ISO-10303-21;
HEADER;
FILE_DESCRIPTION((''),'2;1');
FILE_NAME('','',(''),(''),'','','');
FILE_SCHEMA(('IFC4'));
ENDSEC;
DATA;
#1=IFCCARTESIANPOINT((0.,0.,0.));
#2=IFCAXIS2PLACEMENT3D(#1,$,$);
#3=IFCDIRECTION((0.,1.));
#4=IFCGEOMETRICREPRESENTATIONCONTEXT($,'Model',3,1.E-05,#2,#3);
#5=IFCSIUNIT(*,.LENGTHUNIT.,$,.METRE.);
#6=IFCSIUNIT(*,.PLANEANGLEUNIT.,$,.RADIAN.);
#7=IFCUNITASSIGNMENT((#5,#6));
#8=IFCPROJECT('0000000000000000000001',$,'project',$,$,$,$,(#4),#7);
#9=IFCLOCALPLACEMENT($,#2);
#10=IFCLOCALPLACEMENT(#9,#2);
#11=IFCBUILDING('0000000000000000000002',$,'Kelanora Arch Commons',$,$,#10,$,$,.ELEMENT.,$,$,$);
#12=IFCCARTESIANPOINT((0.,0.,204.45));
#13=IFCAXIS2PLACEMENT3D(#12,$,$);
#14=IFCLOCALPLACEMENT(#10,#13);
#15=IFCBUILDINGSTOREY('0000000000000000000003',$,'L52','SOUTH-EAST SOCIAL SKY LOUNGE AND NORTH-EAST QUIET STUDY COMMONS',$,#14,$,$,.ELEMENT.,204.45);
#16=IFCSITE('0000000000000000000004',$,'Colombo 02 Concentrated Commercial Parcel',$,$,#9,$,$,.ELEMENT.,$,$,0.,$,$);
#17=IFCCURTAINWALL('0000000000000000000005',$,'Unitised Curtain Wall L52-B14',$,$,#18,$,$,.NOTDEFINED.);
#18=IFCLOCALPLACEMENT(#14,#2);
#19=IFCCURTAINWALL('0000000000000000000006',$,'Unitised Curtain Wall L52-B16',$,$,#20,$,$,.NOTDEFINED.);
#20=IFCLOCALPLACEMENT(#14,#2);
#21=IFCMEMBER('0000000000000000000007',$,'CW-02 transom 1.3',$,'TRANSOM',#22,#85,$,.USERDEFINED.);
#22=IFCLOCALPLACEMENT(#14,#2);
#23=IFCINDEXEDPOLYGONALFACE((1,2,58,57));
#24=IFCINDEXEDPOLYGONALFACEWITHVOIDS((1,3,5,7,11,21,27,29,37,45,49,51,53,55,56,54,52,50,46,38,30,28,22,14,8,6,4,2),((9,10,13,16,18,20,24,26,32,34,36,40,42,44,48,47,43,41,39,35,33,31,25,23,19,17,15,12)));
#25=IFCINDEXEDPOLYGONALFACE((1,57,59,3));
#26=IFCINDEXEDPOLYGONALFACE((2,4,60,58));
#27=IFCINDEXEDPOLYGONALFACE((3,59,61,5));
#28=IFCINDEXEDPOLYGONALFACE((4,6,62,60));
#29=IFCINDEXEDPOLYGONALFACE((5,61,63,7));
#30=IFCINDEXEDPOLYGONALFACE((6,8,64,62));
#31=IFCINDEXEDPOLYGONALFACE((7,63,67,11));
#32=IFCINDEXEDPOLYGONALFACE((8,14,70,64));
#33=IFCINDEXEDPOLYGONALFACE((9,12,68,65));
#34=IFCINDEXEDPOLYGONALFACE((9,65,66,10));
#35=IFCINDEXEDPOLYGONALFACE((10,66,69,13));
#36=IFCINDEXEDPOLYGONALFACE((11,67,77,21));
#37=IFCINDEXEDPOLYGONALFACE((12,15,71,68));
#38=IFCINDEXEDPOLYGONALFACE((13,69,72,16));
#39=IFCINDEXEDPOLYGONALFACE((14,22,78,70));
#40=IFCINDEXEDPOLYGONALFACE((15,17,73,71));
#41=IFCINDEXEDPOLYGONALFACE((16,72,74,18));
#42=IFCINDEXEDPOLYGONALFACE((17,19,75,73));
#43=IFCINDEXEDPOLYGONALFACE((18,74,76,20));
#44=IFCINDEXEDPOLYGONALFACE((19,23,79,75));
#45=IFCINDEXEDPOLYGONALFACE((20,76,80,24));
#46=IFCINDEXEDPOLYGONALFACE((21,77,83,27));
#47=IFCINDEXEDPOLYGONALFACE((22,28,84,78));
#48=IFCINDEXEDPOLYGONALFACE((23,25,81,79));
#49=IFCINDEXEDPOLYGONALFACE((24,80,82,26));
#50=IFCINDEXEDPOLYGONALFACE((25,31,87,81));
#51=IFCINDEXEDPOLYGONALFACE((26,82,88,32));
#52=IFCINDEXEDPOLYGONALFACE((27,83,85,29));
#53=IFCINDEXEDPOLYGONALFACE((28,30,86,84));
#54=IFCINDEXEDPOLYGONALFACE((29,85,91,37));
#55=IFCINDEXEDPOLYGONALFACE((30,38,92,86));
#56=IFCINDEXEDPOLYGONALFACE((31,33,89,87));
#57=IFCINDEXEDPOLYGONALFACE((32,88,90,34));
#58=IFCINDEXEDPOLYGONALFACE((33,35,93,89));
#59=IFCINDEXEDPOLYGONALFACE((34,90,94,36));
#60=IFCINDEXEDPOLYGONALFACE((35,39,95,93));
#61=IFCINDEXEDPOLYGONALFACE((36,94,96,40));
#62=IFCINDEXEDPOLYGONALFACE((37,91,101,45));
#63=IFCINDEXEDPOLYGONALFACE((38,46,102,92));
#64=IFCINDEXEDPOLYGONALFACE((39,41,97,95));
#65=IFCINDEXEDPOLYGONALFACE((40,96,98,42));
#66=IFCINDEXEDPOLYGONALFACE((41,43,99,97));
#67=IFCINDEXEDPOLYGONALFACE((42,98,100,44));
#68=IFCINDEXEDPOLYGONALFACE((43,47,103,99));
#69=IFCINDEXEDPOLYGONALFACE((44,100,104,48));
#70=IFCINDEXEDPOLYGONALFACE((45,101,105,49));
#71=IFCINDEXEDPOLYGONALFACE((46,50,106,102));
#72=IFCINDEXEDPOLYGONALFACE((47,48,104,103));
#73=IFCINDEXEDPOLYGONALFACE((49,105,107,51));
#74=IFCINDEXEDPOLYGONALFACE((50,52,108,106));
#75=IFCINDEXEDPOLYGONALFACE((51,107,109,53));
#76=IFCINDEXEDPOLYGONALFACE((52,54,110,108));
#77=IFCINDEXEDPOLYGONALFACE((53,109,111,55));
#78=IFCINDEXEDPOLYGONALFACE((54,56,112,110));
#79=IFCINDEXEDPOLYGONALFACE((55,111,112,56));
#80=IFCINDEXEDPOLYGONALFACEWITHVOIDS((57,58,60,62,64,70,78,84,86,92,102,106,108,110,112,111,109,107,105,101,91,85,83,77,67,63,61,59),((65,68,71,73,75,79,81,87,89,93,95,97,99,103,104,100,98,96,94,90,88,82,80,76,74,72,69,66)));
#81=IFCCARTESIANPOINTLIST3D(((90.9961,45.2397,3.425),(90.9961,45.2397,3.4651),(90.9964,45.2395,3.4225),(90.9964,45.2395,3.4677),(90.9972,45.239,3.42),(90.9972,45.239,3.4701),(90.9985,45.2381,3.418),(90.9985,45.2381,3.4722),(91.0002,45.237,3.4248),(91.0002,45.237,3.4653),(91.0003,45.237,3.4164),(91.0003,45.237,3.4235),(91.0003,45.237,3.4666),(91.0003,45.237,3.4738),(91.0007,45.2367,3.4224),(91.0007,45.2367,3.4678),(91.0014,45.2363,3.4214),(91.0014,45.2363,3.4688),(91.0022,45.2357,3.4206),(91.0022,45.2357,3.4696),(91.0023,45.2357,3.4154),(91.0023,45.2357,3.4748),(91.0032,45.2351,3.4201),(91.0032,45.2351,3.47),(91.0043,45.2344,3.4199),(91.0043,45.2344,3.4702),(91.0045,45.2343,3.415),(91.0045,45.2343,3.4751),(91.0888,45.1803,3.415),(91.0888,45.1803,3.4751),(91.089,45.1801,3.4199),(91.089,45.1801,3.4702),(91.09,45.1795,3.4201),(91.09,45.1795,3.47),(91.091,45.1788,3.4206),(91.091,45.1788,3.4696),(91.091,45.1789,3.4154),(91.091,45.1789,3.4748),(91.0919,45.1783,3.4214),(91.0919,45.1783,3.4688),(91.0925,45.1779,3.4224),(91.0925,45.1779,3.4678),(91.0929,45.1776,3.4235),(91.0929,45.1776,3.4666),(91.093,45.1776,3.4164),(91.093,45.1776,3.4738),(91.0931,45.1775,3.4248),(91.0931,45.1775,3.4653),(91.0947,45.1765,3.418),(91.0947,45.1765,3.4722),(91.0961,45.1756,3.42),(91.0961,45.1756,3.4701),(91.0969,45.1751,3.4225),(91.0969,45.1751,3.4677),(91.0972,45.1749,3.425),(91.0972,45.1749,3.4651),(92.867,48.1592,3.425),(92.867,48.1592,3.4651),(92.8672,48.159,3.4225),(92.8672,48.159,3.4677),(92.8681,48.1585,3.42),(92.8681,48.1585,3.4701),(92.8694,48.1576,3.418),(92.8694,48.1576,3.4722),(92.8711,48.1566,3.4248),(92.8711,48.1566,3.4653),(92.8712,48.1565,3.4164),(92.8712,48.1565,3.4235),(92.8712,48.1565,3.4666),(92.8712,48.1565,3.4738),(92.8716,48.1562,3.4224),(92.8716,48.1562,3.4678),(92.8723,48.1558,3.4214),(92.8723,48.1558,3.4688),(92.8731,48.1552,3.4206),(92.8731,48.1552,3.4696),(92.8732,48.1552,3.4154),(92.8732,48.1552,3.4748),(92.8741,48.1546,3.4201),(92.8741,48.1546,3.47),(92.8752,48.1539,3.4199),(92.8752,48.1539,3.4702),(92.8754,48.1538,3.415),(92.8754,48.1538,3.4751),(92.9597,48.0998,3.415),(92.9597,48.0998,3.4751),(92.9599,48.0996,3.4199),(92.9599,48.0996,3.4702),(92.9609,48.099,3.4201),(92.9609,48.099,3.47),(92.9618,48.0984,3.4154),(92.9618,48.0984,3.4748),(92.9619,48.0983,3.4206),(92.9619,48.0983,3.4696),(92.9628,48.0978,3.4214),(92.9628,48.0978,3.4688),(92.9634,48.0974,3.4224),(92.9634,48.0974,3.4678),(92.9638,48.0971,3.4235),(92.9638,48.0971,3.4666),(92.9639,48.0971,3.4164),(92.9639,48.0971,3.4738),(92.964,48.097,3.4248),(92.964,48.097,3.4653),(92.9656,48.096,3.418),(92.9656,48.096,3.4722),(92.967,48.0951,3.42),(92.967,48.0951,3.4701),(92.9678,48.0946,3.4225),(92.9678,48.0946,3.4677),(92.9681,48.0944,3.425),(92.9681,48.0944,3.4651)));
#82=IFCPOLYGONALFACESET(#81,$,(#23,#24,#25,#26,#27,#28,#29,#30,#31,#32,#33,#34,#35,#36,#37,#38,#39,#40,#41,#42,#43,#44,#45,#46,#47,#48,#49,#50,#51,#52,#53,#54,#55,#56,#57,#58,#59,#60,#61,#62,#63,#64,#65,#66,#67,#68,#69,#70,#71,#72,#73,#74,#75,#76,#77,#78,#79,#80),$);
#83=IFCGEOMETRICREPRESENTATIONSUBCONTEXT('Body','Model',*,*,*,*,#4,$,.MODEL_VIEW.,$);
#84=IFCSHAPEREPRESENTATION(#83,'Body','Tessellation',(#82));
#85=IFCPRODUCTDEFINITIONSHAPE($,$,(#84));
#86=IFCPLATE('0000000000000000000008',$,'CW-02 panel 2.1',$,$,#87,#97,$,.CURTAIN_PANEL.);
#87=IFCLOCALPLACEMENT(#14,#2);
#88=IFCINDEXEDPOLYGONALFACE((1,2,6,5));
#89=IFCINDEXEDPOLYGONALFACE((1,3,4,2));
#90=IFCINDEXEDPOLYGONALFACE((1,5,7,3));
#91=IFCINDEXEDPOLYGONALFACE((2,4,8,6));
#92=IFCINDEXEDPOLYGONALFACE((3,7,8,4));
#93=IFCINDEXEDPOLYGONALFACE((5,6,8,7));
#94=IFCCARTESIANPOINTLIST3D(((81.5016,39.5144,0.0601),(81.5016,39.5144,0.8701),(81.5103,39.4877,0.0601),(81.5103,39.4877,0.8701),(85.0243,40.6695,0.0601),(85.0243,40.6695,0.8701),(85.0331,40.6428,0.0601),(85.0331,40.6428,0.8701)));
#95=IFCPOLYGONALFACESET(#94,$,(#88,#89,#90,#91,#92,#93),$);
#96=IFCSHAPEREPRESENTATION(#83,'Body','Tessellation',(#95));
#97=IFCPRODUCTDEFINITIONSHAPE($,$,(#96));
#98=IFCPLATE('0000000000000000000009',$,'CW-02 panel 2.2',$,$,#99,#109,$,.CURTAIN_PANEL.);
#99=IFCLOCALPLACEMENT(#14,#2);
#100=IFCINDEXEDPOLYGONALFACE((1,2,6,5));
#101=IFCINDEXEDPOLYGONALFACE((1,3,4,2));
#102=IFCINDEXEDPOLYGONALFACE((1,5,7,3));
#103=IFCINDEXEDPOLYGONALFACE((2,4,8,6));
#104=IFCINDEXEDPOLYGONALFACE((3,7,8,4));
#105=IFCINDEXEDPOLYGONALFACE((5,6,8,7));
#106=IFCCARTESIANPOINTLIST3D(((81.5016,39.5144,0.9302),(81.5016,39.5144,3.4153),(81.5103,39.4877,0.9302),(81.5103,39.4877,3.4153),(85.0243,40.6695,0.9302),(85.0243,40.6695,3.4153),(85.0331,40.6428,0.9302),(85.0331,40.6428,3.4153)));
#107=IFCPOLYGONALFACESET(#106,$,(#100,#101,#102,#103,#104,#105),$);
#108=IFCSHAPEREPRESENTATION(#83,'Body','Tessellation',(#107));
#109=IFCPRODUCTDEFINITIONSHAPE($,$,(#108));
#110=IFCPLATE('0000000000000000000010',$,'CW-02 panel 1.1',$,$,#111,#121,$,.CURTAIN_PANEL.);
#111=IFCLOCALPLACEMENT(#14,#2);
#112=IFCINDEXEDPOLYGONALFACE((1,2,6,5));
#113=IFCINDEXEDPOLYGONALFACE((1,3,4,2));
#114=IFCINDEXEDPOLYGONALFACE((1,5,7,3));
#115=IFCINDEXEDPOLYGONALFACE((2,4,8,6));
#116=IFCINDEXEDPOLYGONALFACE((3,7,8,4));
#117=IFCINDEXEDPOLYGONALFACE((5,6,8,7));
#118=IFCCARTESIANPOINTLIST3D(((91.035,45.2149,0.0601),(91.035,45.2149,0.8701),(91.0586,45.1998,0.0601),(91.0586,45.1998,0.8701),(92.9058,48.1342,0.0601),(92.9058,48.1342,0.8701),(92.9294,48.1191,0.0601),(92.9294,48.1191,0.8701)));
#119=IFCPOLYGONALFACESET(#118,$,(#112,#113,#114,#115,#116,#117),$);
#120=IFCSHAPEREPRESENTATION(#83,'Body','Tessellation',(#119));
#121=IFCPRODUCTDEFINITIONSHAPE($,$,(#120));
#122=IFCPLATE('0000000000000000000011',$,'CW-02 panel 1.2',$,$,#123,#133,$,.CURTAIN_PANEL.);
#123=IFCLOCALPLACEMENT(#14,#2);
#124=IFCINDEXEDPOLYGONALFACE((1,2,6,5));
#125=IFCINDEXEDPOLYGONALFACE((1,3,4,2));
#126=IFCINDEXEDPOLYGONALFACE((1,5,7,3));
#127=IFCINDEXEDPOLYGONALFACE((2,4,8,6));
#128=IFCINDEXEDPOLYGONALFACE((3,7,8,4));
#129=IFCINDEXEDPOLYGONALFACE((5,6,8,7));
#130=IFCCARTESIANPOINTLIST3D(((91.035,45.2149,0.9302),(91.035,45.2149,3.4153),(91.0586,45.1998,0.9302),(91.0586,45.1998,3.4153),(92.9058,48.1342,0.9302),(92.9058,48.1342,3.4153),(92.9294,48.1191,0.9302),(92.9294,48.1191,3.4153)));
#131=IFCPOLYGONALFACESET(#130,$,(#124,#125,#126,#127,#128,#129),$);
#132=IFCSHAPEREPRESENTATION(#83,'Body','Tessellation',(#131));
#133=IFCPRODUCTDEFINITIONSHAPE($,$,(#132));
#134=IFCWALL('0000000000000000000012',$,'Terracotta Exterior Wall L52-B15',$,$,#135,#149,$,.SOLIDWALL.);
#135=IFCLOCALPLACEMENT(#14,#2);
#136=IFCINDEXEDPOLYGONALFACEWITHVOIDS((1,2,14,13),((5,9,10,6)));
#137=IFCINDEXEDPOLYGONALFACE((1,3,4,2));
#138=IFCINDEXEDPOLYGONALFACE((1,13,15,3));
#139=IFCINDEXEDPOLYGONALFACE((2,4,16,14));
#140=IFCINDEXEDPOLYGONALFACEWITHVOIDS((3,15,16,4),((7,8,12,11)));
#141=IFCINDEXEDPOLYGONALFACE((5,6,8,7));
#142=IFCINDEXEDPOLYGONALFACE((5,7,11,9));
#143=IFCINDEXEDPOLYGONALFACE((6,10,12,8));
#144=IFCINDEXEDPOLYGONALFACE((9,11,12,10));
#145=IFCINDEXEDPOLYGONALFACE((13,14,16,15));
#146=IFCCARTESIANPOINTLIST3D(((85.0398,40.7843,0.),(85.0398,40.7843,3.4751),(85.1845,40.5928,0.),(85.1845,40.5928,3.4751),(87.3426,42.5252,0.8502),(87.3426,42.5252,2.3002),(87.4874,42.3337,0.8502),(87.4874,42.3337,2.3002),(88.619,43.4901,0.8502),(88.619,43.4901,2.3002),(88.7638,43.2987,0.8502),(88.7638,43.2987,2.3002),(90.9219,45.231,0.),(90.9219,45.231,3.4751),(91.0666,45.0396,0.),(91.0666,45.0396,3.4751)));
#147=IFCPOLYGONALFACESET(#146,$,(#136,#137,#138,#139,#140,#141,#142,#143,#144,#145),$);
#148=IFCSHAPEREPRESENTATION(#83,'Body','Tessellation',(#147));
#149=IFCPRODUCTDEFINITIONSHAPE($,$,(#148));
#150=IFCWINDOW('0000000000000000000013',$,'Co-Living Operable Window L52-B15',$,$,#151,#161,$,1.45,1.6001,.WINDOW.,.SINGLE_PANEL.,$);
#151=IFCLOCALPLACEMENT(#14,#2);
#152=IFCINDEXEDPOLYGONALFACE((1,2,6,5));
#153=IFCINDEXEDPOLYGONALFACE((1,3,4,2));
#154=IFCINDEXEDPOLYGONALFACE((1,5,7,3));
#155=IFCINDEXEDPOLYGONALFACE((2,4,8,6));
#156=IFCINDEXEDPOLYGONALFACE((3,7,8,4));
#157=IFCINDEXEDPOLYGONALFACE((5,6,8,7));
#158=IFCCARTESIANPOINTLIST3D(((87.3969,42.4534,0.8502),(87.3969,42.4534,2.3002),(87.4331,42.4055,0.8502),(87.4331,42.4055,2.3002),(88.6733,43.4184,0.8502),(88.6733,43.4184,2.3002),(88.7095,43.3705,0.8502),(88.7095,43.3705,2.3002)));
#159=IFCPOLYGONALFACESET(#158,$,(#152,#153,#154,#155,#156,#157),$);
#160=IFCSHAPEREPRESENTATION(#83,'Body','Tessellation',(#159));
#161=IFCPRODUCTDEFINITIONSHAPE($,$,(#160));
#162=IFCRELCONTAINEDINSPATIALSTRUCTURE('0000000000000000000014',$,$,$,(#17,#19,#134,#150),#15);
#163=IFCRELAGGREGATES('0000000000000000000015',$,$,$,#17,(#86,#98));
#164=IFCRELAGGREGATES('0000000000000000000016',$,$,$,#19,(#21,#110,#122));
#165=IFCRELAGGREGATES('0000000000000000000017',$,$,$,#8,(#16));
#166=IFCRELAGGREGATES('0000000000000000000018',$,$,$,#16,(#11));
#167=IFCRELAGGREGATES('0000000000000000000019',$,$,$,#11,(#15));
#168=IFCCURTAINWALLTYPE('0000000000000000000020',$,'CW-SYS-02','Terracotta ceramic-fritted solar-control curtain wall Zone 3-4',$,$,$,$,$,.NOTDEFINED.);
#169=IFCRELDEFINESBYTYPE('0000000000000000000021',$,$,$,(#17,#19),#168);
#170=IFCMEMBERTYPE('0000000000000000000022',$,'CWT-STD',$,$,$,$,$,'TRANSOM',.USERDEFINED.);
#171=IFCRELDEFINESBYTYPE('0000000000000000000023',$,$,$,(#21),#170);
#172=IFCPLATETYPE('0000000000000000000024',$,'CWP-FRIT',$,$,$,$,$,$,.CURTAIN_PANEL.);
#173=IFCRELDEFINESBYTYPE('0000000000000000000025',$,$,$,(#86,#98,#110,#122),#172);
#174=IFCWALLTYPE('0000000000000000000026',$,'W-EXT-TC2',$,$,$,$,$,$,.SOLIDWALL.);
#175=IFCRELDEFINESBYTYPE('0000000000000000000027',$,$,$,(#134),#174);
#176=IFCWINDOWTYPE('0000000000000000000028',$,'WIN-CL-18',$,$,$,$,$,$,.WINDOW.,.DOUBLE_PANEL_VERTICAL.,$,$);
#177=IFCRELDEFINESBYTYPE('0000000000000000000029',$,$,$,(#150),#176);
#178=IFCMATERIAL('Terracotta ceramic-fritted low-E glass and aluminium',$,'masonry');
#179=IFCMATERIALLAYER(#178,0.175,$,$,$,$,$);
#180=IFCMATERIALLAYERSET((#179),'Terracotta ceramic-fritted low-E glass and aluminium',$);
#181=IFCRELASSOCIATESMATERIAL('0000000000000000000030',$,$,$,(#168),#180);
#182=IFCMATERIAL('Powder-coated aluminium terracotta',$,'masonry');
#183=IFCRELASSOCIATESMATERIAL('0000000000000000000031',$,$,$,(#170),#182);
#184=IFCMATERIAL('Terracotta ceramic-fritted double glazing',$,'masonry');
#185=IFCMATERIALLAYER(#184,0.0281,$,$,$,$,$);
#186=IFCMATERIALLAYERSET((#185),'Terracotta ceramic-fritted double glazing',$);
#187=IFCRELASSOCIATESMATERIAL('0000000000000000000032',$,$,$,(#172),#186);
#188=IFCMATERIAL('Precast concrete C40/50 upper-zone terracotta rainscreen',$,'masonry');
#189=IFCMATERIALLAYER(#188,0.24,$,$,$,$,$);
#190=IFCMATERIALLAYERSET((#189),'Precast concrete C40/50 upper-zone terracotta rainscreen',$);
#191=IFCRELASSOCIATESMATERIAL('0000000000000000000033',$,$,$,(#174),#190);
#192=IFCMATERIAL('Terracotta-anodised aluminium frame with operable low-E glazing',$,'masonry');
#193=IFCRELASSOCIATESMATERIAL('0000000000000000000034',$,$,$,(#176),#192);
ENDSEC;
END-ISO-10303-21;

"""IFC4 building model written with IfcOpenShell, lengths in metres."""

from ifc_helpers import new_model, si_unit, direction, frame, frame_2d, origin, origin_2d, place, context, subcontext, project, spatial, rectangle, hollow_rectangle, extrude, source, transform, mapped, material, layer, layer_set, material_profile, profile_set, type_object, element, fill, aggregate, save


model = new_model("IFC4")

# Units and contexts
model_context = context("Model", 3, precision=1e-05, world=origin(), true_north=direction((0.0, 1.0)))
body_context = subcontext(model_context, "Body", "Model", "MODEL_VIEW")
ifc_project = project(units=[si_unit("LENGTHUNIT", "METRE"), si_unit("PLANEANGLEUNIT", "RADIAN")], contexts=[model_context])

# Site, building, storey
site_placement = place(None, origin())
site = spatial("IfcSite", under=ifc_project, at=site_placement, Name="Colombo 02 Concentrated Commercial Parcel", CompositionType="ELEMENT", RefElevation=0.0)
building_placement = place(site_placement, origin())
building = spatial("IfcBuilding", under=site, at=building_placement, Name="Kelanora Arch Commons", CompositionType="ELEMENT")
storey_placement = place(building_placement, frame((0.0, 0.0, 204.45)))
storey = spatial("IfcBuildingStorey", under=building, at=storey_placement, Name="L52", Description="SOUTH-EAST SOCIAL SKY LOUNGE AND NORTH-EAST QUIET STUDY COMMONS", CompositionType="ELEMENT", Elevation=204.45)

# Curtain wall
ifc_material_1 = material(Name="Terracotta ceramic-fritted low-E glass and aluminium", Category="masonry")
ifc_layer_1 = layer(ifc_material_1, 0.175)
ifc_layer_set_1 = layer_set([ifc_layer_1], Name="Terracotta ceramic-fritted low-E glass and aluminium")
curtain_wall_type = type_object("IfcCurtainWallType", Name="CW-SYS-02", Description="Terracotta ceramic-fritted solar-control curtain wall Zone 3-4", PredefinedType="NOTDEFINED", material=ifc_layer_set_1)
curtain_wall_1_placement = place(storey_placement, origin())
curtain_wall_1 = element("IfcCurtainWall", 1, at=curtain_wall_1_placement, inside=storey, type_object=curtain_wall_type, Name="Unitised Curtain Wall L52-B14", PredefinedType="NOTDEFINED")
ifc_material_2 = material(Name="Powder-coated aluminium terracotta", Category="masonry")

# Curtain wall, member
curtain_wall_2_placement = place(storey_placement, origin())
curtain_wall_2 = element("IfcCurtainWall", 2, at=curtain_wall_2_placement, inside=storey, type_object=curtain_wall_type, Name="Unitised Curtain Wall L52-B16", PredefinedType="NOTDEFINED")
ifc_material_profile_1 = material_profile(ifc_material_2, hollow_rectangle(XDim=0.1201, YDim=0.0601, WallThickness=0.0049, InnerFilletRadius=0.0049, OuterFilletRadius=0.01, at=origin_2d()), Name="CWT120x60")
ifc_profile_set_1 = profile_set([ifc_material_profile_1], Name="Powder-coated aluminium terracotta")
member_type_1 = type_object("IfcMemberType", Name="CWT-STD", ElementType="TRANSOM", PredefinedType="USERDEFINED", material=ifc_profile_set_1)
member_1_placement = place(storey_placement, frame((91.0466, 45.2073, 3.4451), z_axis=(0.539547, 0.841955, 0.0), x_axis=(-0.841955, 0.539547, 0.0)))
member_1 = element("IfcMember", 3, at=member_1_placement, type_object=member_type_1, Name="CW-02 transom 1.3", ObjectType="TRANSOM", PredefinedType="USERDEFINED", context=body_context, shape_type="SweptSolid", body=[
    extrude(hollow_rectangle(XDim=0.1201, YDim=0.0601, WallThickness=0.0049, InnerFilletRadius=0.0049, OuterFilletRadius=0.01, at=origin_2d()), origin(), (0.0, 0.0, 1.0), 3.4675),
])

# Plates
ifc_material_3 = material(Name="Terracotta ceramic-fritted double glazing", Category="masonry")
ifc_layer_2 = layer(ifc_material_3, 0.0281)
ifc_layer_set_2 = layer_set([ifc_layer_2], Name="Terracotta ceramic-fritted double glazing")
plate_type = type_object("IfcPlateType", Name="CWP-FRIT", PredefinedType="CURTAIN_PANEL", material=ifc_layer_set_2)
shared_shape_1 = source(origin(), body_context, "Body", "SweptSolid", [
    extrude(rectangle(XDim=3.7073, YDim=0.0281, at=origin_2d()), origin(), (0.0, 0.0, 1.0), 0.8101),
])
plate_1_placement = place(storey_placement, frame((83.2673, 40.0786, 0.0601), z_axis=(0.0, 0.0, 1.0), x_axis=(0.950219, 0.311582, 0.0)))
plate_1 = element("IfcPlate", 4, at=plate_1_placement, type_object=plate_type, Name="CW-02 panel 2.1", PredefinedType="CURTAIN_PANEL", context=body_context, shape_type="MappedRepresentation", body=[
    mapped(shared_shape_1, transform((0.0, 0.0, 0.0), scale=1.0)),
])
shared_shape_2 = source(origin(), body_context, "Body", "SweptSolid", [
    extrude(rectangle(XDim=3.7073, YDim=0.0281, at=origin_2d()), origin(), (0.0, 0.0, 1.0), 2.4851),
])
plate_2_placement = place(storey_placement, frame((83.2673, 40.0786, 0.9302), z_axis=(0.0, 0.0, 1.0), x_axis=(0.950219, 0.311582, 0.0)))
plate_2 = element("IfcPlate", 5, at=plate_2_placement, type_object=plate_type, Name="CW-02 panel 2.2", PredefinedType="CURTAIN_PANEL", context=body_context, shape_type="MappedRepresentation", body=[
    mapped(shared_shape_2, transform((0.0, 0.0, 0.0), scale=1.0)),
])
aggregate(curtain_wall_1, [plate_1, plate_2])
shared_shape_3 = source(origin(), body_context, "Body", "SweptSolid", [
    extrude(rectangle(XDim=3.4673, YDim=0.0281, at=origin_2d()), origin(), (0.0, 0.0, 1.0), 0.8101),
])
plate_3_placement = place(storey_placement, frame((91.9822, 46.667, 0.0601), z_axis=(0.0, 0.0, 1.0), x_axis=(0.539559, 0.841948, 0.0)))
plate_3 = element("IfcPlate", 6, at=plate_3_placement, type_object=plate_type, Name="CW-02 panel 1.1", PredefinedType="CURTAIN_PANEL", context=body_context, shape_type="MappedRepresentation", body=[
    mapped(shared_shape_3, transform((0.0, 0.0, 0.0), scale=1.0)),
])
shared_shape_4 = source(origin(), body_context, "Body", "SweptSolid", [
    extrude(rectangle(XDim=3.4673, YDim=0.0281, at=origin_2d()), origin(), (0.0, 0.0, 1.0), 2.4851),
])
plate_4_placement = place(storey_placement, frame((91.9822, 46.667, 0.9302), z_axis=(0.0, 0.0, 1.0), x_axis=(0.539559, 0.841948, 0.0)))
plate_4 = element("IfcPlate", 7, at=plate_4_placement, type_object=plate_type, Name="CW-02 panel 1.2", PredefinedType="CURTAIN_PANEL", context=body_context, shape_type="MappedRepresentation", body=[
    mapped(shared_shape_4, transform((0.0, 0.0, 0.0), scale=1.0)),
])
aggregate(curtain_wall_2, [member_1, plate_3, plate_4])

# Wall, opening, window
ifc_material_4 = material(Name="Precast concrete C40/50 upper-zone terracotta rainscreen", Category="masonry")
ifc_layer_3 = layer(ifc_material_4, 0.24)
ifc_layer_set_3 = layer_set([ifc_layer_3], Name="Precast concrete C40/50 upper-zone terracotta rainscreen")
wall_type = type_object("IfcWallType", Name="W-EXT-TC2", PredefinedType="SOLIDWALL", material=ifc_layer_set_3)
wall_placement = place(storey_placement, frame((85.1121, 40.6885, 0.0), z_axis=(0.0, 0.0, 1.0), x_axis=(0.797702, 0.603052, 0.0)))
wall = element("IfcWall", 8, at=wall_placement, inside=storey, type_object=wall_type, Name="Terracotta Exterior Wall L52-B15", PredefinedType="SOLIDWALL", context=body_context, shape_type="SweptSolid", body=[
    extrude(rectangle(XDim=7.3738, YDim=0.24, at=frame_2d((3.687, 0.0))), origin(), (0.0, 0.0, 1.0), 3.4751),
])
opening_placement = place(wall_placement, frame((2.887, 0.0, 0.8501)))
opening = element("IfcOpeningElement", 9, at=opening_placement, cuts=wall, PredefinedType="OPENING", context=body_context, shape_type="SweptSolid", body=[
    extrude(rectangle(XDim=1.6001, YDim=1.45, at=frame_2d((0.8, 0.7251))), frame((0.0, 0.1299, 0.0), z_axis=(0.0, -1.0, 0.0), x_axis=(1.0, 0.0, 0.0)), (0.0, 0.0, 1.0), 0.26),
])
ifc_material_5 = material(Name="Terracotta-anodised aluminium frame with operable low-E glazing", Category="masonry")
window_type = type_object("IfcWindowType", Name="WIN-CL-18", PartitioningType="DOUBLE_PANEL_VERTICAL", PredefinedType="WINDOW", material=ifc_material_5)
window_placement = place(opening_placement, origin())
window = element("IfcWindow", 10, at=window_placement, inside=storey, type_object=window_type, Name="Co-Living Operable Window L52-B15", OverallHeight=1.45, OverallWidth=1.6001, PartitioningType="SINGLE_PANEL", PredefinedType="WINDOW", context=body_context, shape_type="SweptSolid", body=[
    extrude(rectangle(XDim=1.6001, YDim=1.45, at=frame_2d((0.8, 0.7251))), frame((0.0, 0.03, 0.0), z_axis=(0.0, -1.0, 0.0), x_axis=(1.0, 0.0, 0.0)), (0.0, 0.0, 1.0), 0.0601),
])
fill(opening, window)

save(model, "model.ifc")
